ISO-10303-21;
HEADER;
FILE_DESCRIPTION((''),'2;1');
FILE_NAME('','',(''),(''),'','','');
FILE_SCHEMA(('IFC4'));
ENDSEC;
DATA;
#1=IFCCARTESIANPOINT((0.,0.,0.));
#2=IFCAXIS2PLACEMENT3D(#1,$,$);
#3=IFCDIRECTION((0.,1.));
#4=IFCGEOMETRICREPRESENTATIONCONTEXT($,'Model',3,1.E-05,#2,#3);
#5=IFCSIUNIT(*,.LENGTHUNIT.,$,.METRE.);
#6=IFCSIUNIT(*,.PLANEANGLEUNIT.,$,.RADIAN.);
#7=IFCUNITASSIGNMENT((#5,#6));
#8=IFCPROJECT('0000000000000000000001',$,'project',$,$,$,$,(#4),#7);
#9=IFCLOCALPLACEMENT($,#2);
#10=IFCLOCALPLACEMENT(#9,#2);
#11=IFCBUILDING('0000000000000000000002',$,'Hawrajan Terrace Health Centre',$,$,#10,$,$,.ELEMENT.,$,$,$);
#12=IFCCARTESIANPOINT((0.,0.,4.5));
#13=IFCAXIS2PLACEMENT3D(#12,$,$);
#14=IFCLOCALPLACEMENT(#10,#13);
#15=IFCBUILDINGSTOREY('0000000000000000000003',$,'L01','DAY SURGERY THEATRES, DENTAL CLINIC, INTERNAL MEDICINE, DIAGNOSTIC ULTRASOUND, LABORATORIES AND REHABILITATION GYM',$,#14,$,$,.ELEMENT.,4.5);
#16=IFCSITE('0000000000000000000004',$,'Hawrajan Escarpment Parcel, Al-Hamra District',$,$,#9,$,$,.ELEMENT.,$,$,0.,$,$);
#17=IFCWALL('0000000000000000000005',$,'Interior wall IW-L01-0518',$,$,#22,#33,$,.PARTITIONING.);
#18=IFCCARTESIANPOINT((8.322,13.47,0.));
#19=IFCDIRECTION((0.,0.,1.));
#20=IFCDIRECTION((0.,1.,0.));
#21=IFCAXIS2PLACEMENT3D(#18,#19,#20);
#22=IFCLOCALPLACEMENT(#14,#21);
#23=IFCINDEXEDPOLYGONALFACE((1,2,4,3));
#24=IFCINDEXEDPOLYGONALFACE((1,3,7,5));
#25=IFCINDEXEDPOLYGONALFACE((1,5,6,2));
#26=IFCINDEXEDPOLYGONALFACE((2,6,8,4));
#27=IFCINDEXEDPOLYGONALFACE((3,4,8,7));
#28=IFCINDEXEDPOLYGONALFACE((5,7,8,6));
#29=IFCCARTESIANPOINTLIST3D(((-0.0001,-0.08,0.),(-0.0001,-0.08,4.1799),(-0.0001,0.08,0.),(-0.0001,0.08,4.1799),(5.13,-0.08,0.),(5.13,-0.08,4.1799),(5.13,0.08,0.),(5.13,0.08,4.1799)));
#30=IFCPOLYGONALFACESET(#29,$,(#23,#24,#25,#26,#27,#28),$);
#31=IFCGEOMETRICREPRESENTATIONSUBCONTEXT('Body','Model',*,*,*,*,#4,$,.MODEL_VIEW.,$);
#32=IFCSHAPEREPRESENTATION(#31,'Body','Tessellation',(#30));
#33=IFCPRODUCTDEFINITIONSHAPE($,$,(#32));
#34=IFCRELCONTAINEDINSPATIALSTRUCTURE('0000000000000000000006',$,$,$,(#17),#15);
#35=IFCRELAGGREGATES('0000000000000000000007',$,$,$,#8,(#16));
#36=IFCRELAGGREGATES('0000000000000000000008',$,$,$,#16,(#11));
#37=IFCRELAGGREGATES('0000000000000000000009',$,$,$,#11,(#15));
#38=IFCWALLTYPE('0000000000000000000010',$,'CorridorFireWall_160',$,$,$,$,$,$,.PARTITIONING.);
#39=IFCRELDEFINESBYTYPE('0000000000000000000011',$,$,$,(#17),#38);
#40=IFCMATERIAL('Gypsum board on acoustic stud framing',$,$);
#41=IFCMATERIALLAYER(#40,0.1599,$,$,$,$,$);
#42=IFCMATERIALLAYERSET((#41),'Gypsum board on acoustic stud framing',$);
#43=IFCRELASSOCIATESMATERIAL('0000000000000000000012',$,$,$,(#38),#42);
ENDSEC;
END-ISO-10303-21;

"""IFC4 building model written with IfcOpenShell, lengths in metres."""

from ifc_helpers import new_model, si_unit, direction, frame, frame_2d, origin, place, context, subcontext, project, spatial, rectangle, extrude, material, layer, layer_set, type_object, element, save


model = new_model("IFC4")

# Units and contexts
model_context = context("Model", 3, precision=1e-05, world=origin(), true_north=direction((0.0, 1.0)))
body_context = subcontext(model_context, "Body", "Model", "MODEL_VIEW")
ifc_project = project(units=[si_unit("LENGTHUNIT", "METRE"), si_unit("PLANEANGLEUNIT", "RADIAN")], contexts=[model_context])

# Site, building, storey
site_placement = place(None, origin())
site = spatial("IfcSite", under=ifc_project, at=site_placement, Name="Hawrajan Escarpment Parcel, Al-Hamra District", CompositionType="ELEMENT", RefElevation=0.0)
building_placement = place(site_placement, origin())
building = spatial("IfcBuilding", under=site, at=building_placement, Name="Hawrajan Terrace Health Centre", CompositionType="ELEMENT")
storey_placement = place(building_placement, frame((0.0, 0.0, 4.5)))
storey = spatial("IfcBuildingStorey", under=building, at=storey_placement, Name="L01", Description="DAY SURGERY THEATRES, DENTAL CLINIC, INTERNAL MEDICINE, DIAGNOSTIC ULTRASOUND, LABORATORIES AND REHABILITATION GYM", CompositionType="ELEMENT", Elevation=4.5)

# Shared definitions
ifc_material_1 = material(Name="Gypsum board on acoustic stud framing")

# Wall
ifc_layer_1 = layer(ifc_material_1, 0.1599)
ifc_layer_set_1 = layer_set([ifc_layer_1], Name="Gypsum board on acoustic stud framing")
wall_type_1 = type_object("IfcWallType", Name="CorridorFireWall_160", PredefinedType="PARTITIONING", material=ifc_layer_set_1)
wall_1_placement = place(storey_placement, frame((8.322, 13.47, 0.0), z_axis=(0.0, 0.0, 1.0), x_axis=(0.0, 1.0, 0.0)))
element("IfcWall", 1, at=wall_1_placement, inside=storey, type_object=wall_type_1, Name="Interior wall IW-L01-0518", PredefinedType="PARTITIONING", context=body_context, shape_type="SweptSolid", body=[
    extrude(rectangle(XDim=5.1301, YDim=0.1599, at=frame_2d((2.5649, 0.0))), origin(), (0.0, 0.0, 1.0), 4.1799),
])

save(model, "model.ifc")
